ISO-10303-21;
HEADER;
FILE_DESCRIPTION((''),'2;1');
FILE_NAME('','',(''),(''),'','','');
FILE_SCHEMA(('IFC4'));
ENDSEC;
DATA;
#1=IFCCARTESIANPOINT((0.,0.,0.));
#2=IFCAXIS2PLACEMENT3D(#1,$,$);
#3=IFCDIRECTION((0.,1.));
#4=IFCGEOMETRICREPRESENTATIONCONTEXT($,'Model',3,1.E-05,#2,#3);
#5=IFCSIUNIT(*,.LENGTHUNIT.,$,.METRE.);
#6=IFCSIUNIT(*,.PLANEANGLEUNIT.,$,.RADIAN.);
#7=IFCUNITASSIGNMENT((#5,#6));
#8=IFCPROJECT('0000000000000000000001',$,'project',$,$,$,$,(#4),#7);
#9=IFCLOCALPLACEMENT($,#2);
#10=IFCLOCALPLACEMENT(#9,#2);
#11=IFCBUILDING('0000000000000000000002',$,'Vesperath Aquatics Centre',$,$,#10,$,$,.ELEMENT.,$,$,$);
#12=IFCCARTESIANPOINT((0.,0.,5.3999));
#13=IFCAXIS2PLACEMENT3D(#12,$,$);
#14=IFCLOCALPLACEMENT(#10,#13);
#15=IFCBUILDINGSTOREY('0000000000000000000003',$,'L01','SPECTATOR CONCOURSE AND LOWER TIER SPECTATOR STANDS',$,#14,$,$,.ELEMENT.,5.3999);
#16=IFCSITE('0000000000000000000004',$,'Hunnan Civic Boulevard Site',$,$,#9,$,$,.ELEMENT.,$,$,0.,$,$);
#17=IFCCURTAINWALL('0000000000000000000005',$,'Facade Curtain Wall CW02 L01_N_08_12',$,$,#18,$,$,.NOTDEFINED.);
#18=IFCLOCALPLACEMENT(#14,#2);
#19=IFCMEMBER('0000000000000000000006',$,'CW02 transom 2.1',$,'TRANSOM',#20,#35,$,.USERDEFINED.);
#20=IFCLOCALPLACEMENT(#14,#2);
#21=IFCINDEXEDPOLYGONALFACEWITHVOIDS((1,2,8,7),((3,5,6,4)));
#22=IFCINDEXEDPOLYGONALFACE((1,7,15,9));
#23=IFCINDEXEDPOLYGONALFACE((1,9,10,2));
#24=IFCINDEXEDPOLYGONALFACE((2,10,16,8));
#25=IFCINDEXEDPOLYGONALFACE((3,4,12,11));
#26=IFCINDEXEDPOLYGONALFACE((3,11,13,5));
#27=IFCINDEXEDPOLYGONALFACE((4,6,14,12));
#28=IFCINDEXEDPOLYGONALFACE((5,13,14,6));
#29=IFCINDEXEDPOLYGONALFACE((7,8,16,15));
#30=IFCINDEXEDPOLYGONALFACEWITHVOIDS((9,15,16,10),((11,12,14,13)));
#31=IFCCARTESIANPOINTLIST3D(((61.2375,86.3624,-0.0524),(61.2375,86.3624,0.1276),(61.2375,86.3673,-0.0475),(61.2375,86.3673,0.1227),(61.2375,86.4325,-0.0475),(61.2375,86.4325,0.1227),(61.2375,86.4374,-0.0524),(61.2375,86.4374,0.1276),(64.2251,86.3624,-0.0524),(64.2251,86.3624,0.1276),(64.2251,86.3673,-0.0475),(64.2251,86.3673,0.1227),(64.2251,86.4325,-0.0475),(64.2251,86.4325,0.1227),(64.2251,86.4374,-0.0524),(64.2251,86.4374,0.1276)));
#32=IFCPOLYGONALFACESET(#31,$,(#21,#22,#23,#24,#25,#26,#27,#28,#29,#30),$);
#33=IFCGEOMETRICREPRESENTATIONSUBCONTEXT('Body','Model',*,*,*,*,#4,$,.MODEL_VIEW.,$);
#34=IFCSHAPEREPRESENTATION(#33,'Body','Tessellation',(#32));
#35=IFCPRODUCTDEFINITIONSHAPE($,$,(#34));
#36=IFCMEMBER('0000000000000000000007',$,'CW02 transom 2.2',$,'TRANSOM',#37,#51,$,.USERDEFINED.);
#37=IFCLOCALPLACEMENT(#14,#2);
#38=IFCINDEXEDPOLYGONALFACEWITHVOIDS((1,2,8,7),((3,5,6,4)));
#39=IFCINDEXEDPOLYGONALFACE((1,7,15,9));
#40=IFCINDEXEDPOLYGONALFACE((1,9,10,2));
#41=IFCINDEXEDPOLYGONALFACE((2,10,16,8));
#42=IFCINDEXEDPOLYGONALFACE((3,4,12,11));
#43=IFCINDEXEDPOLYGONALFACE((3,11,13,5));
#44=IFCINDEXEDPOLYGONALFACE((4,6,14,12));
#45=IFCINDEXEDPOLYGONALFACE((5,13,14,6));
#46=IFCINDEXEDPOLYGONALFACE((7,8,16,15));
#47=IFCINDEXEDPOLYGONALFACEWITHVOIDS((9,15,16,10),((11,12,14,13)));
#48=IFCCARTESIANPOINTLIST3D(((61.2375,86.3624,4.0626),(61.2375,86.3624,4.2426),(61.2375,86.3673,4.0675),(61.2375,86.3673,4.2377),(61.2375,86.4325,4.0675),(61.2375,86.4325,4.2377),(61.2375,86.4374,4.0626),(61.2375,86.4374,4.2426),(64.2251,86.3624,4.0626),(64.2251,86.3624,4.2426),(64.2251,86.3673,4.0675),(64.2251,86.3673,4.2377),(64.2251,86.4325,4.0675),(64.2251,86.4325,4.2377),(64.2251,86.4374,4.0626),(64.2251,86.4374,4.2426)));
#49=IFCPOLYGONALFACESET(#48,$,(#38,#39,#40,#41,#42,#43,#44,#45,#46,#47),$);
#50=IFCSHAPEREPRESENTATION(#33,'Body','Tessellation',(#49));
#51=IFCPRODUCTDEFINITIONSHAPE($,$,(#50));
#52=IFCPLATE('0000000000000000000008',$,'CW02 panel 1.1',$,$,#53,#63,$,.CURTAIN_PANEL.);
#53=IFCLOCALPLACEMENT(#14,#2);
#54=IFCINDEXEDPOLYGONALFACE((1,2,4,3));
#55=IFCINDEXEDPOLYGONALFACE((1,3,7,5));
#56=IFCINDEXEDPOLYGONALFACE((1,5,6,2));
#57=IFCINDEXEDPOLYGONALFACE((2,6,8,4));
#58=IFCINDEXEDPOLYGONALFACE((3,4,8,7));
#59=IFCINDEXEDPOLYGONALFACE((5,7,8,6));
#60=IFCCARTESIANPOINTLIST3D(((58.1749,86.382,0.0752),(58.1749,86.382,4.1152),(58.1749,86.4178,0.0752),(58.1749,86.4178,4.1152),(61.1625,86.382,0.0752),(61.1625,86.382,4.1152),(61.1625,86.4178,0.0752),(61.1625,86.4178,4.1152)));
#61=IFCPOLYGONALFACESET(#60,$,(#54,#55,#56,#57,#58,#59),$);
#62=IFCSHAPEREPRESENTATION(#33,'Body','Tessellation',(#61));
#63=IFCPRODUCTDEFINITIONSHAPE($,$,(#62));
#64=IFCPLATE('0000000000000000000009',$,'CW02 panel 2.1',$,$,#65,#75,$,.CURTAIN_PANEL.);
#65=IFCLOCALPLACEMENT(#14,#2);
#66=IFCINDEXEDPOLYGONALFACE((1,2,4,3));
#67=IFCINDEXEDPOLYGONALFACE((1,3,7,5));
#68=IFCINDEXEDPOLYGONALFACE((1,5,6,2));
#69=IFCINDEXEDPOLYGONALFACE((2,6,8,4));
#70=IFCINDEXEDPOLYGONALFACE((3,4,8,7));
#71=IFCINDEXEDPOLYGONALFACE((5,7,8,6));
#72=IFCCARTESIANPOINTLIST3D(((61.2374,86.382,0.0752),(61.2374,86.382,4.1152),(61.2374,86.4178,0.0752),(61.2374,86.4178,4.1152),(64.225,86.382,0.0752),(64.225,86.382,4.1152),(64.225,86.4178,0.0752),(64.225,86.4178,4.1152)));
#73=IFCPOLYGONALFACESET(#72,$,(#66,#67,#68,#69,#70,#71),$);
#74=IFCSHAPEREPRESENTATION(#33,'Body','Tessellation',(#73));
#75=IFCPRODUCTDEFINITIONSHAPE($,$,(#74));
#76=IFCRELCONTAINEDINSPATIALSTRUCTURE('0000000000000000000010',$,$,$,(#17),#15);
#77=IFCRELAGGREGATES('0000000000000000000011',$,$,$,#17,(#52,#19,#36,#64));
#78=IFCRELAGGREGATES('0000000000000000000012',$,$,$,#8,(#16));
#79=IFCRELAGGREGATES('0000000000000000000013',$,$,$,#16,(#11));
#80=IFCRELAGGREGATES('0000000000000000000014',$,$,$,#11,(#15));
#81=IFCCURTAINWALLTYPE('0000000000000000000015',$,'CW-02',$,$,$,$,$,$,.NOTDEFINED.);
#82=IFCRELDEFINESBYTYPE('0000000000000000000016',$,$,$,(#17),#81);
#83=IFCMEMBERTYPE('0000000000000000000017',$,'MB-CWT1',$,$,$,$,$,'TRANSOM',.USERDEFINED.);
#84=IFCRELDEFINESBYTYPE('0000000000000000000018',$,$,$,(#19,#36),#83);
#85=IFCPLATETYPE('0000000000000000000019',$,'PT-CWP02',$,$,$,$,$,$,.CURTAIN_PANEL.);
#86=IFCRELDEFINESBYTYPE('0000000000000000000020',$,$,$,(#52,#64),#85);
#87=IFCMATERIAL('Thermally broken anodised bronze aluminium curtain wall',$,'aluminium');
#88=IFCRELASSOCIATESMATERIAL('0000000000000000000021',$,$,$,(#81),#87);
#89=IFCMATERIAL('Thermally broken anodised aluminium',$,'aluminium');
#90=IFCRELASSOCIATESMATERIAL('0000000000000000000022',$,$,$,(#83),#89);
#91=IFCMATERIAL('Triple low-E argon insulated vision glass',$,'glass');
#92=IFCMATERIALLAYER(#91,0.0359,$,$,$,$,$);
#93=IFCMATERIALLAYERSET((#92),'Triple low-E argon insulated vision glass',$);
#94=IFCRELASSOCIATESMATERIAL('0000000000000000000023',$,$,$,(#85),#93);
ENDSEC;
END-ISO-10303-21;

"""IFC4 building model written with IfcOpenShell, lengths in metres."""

from ifc_helpers import new_model, si_unit, direction, frame, origin, origin_2d, place, context, subcontext, project, spatial, rectangle, hollow_rectangle, extrude, material, layer, layer_set, material_profile, profile_set, type_object, element, aggregate, save


model = new_model("IFC4")

# Units and contexts
model_context = context("Model", 3, precision=1e-05, world=origin(), true_north=direction((0.0, 1.0)))
body_context = subcontext(model_context, "Body", "Model", "MODEL_VIEW")
ifc_project = project(units=[si_unit("LENGTHUNIT", "METRE"), si_unit("PLANEANGLEUNIT", "RADIAN")], contexts=[model_context])

# Site, building, storey
site_placement = place(None, origin())
site = spatial("IfcSite", under=ifc_project, at=site_placement, Name="Hunnan Civic Boulevard Site", CompositionType="ELEMENT", RefElevation=0.0)
building_placement = place(site_placement, origin())
building = spatial("IfcBuilding", under=site, at=building_placement, Name="Vesperath Aquatics Centre", CompositionType="ELEMENT")
storey_placement = place(building_placement, frame((0.0, 0.0, 5.3999)))
storey = spatial("IfcBuildingStorey", under=building, at=storey_placement, Name="L01", Description="SPECTATOR CONCOURSE AND LOWER TIER SPECTATOR STANDS", CompositionType="ELEMENT", Elevation=5.3999)

# Curtain wall, members, plates
ifc_material_1 = material(Name="Thermally broken anodised bronze aluminium curtain wall", Category="aluminium")
curtain_wall_type = type_object("IfcCurtainWallType", Name="CW-02", PredefinedType="NOTDEFINED", material=ifc_material_1)
curtain_wall_placement = place(storey_placement, origin())
curtain_wall = element("IfcCurtainWall", 1, at=curtain_wall_placement, inside=storey, type_object=curtain_wall_type, Name="Facade Curtain Wall CW02 L01_N_08_12", PredefinedType="NOTDEFINED")
ifc_material_2 = material(Name="Thermally broken anodised aluminium", Category="aluminium")
ifc_material_profile_1 = material_profile(ifc_material_2, hollow_rectangle(XDim=0.075, YDim=0.1799, WallThickness=0.0049, at=origin_2d()), Name="CWT 75x180x5")
ifc_profile_set_1 = profile_set([ifc_material_profile_1], Name="Thermally broken anodised aluminium")
member_type_1 = type_object("IfcMemberType", Name="MB-CWT1", ElementType="TRANSOM", PredefinedType="USERDEFINED", material=ifc_profile_set_1)
member_1_placement = place(storey_placement, frame((61.2375, 86.3999, 0.0376), z_axis=(1.0, 0.0, 0.0), x_axis=(0.0, 1.0, 0.0)))
member_1 = element("IfcMember", 2, at=member_1_placement, type_object=member_type_1, Name="CW02 transom 2.1", ObjectType="TRANSOM", PredefinedType="USERDEFINED", context=body_context, shape_type="SweptSolid", body=[
    extrude(hollow_rectangle(XDim=0.075, YDim=0.1799, WallThickness=0.0049, at=origin_2d()), origin(), (0.0, 0.0, 1.0), 2.9875),
])
member_2_placement = place(storey_placement, frame((61.2375, 86.3999, 4.1526), z_axis=(1.0, 0.0, 0.0), x_axis=(0.0, 1.0, 0.0)))
member_2 = element("IfcMember", 3, at=member_2_placement, type_object=member_type_1, Name="CW02 transom 2.2", ObjectType="TRANSOM", PredefinedType="USERDEFINED", context=body_context, shape_type="SweptSolid", body=[
    extrude(hollow_rectangle(XDim=0.075, YDim=0.1799, WallThickness=0.0049, at=origin_2d()), origin(), (0.0, 0.0, 1.0), 2.9875),
])
ifc_material_3 = material(Name="Triple low-E argon insulated vision glass", Category="glass")
ifc_layer = layer(ifc_material_3, 0.0359)
ifc_layer_set = layer_set([ifc_layer], Name="Triple low-E argon insulated vision glass")
plate_type = type_object("IfcPlateType", Name="PT-CWP02", PredefinedType="CURTAIN_PANEL", material=ifc_layer_set)
plate_1_placement = place(storey_placement, frame((59.6687, 86.3999, 0.0752), z_axis=(0.0, 0.0, 1.0), x_axis=(1.0, 0.0, 0.0)))
plate_1 = element("IfcPlate", 4, at=plate_1_placement, type_object=plate_type, Name="CW02 panel 1.1", PredefinedType="CURTAIN_PANEL", context=body_context, shape_type="SweptSolid", body=[
    extrude(rectangle(XDim=2.9875, YDim=0.0359, at=origin_2d()), origin(), (0.0, 0.0, 1.0), 4.04),
])
plate_2_placement = place(storey_placement, frame((62.7312, 86.3999, 0.0752), z_axis=(0.0, 0.0, 1.0), x_axis=(1.0, 0.0, 0.0)))
plate_2 = element("IfcPlate", 5, at=plate_2_placement, type_object=plate_type, Name="CW02 panel 2.1", PredefinedType="CURTAIN_PANEL", context=body_context, shape_type="SweptSolid", body=[
    extrude(rectangle(XDim=2.9875, YDim=0.0359, at=origin_2d()), origin(), (0.0, 0.0, 1.0), 4.04),
])
aggregate(curtain_wall, [plate_1, member_1, member_2, plate_2])

save(model, "model.ifc")
